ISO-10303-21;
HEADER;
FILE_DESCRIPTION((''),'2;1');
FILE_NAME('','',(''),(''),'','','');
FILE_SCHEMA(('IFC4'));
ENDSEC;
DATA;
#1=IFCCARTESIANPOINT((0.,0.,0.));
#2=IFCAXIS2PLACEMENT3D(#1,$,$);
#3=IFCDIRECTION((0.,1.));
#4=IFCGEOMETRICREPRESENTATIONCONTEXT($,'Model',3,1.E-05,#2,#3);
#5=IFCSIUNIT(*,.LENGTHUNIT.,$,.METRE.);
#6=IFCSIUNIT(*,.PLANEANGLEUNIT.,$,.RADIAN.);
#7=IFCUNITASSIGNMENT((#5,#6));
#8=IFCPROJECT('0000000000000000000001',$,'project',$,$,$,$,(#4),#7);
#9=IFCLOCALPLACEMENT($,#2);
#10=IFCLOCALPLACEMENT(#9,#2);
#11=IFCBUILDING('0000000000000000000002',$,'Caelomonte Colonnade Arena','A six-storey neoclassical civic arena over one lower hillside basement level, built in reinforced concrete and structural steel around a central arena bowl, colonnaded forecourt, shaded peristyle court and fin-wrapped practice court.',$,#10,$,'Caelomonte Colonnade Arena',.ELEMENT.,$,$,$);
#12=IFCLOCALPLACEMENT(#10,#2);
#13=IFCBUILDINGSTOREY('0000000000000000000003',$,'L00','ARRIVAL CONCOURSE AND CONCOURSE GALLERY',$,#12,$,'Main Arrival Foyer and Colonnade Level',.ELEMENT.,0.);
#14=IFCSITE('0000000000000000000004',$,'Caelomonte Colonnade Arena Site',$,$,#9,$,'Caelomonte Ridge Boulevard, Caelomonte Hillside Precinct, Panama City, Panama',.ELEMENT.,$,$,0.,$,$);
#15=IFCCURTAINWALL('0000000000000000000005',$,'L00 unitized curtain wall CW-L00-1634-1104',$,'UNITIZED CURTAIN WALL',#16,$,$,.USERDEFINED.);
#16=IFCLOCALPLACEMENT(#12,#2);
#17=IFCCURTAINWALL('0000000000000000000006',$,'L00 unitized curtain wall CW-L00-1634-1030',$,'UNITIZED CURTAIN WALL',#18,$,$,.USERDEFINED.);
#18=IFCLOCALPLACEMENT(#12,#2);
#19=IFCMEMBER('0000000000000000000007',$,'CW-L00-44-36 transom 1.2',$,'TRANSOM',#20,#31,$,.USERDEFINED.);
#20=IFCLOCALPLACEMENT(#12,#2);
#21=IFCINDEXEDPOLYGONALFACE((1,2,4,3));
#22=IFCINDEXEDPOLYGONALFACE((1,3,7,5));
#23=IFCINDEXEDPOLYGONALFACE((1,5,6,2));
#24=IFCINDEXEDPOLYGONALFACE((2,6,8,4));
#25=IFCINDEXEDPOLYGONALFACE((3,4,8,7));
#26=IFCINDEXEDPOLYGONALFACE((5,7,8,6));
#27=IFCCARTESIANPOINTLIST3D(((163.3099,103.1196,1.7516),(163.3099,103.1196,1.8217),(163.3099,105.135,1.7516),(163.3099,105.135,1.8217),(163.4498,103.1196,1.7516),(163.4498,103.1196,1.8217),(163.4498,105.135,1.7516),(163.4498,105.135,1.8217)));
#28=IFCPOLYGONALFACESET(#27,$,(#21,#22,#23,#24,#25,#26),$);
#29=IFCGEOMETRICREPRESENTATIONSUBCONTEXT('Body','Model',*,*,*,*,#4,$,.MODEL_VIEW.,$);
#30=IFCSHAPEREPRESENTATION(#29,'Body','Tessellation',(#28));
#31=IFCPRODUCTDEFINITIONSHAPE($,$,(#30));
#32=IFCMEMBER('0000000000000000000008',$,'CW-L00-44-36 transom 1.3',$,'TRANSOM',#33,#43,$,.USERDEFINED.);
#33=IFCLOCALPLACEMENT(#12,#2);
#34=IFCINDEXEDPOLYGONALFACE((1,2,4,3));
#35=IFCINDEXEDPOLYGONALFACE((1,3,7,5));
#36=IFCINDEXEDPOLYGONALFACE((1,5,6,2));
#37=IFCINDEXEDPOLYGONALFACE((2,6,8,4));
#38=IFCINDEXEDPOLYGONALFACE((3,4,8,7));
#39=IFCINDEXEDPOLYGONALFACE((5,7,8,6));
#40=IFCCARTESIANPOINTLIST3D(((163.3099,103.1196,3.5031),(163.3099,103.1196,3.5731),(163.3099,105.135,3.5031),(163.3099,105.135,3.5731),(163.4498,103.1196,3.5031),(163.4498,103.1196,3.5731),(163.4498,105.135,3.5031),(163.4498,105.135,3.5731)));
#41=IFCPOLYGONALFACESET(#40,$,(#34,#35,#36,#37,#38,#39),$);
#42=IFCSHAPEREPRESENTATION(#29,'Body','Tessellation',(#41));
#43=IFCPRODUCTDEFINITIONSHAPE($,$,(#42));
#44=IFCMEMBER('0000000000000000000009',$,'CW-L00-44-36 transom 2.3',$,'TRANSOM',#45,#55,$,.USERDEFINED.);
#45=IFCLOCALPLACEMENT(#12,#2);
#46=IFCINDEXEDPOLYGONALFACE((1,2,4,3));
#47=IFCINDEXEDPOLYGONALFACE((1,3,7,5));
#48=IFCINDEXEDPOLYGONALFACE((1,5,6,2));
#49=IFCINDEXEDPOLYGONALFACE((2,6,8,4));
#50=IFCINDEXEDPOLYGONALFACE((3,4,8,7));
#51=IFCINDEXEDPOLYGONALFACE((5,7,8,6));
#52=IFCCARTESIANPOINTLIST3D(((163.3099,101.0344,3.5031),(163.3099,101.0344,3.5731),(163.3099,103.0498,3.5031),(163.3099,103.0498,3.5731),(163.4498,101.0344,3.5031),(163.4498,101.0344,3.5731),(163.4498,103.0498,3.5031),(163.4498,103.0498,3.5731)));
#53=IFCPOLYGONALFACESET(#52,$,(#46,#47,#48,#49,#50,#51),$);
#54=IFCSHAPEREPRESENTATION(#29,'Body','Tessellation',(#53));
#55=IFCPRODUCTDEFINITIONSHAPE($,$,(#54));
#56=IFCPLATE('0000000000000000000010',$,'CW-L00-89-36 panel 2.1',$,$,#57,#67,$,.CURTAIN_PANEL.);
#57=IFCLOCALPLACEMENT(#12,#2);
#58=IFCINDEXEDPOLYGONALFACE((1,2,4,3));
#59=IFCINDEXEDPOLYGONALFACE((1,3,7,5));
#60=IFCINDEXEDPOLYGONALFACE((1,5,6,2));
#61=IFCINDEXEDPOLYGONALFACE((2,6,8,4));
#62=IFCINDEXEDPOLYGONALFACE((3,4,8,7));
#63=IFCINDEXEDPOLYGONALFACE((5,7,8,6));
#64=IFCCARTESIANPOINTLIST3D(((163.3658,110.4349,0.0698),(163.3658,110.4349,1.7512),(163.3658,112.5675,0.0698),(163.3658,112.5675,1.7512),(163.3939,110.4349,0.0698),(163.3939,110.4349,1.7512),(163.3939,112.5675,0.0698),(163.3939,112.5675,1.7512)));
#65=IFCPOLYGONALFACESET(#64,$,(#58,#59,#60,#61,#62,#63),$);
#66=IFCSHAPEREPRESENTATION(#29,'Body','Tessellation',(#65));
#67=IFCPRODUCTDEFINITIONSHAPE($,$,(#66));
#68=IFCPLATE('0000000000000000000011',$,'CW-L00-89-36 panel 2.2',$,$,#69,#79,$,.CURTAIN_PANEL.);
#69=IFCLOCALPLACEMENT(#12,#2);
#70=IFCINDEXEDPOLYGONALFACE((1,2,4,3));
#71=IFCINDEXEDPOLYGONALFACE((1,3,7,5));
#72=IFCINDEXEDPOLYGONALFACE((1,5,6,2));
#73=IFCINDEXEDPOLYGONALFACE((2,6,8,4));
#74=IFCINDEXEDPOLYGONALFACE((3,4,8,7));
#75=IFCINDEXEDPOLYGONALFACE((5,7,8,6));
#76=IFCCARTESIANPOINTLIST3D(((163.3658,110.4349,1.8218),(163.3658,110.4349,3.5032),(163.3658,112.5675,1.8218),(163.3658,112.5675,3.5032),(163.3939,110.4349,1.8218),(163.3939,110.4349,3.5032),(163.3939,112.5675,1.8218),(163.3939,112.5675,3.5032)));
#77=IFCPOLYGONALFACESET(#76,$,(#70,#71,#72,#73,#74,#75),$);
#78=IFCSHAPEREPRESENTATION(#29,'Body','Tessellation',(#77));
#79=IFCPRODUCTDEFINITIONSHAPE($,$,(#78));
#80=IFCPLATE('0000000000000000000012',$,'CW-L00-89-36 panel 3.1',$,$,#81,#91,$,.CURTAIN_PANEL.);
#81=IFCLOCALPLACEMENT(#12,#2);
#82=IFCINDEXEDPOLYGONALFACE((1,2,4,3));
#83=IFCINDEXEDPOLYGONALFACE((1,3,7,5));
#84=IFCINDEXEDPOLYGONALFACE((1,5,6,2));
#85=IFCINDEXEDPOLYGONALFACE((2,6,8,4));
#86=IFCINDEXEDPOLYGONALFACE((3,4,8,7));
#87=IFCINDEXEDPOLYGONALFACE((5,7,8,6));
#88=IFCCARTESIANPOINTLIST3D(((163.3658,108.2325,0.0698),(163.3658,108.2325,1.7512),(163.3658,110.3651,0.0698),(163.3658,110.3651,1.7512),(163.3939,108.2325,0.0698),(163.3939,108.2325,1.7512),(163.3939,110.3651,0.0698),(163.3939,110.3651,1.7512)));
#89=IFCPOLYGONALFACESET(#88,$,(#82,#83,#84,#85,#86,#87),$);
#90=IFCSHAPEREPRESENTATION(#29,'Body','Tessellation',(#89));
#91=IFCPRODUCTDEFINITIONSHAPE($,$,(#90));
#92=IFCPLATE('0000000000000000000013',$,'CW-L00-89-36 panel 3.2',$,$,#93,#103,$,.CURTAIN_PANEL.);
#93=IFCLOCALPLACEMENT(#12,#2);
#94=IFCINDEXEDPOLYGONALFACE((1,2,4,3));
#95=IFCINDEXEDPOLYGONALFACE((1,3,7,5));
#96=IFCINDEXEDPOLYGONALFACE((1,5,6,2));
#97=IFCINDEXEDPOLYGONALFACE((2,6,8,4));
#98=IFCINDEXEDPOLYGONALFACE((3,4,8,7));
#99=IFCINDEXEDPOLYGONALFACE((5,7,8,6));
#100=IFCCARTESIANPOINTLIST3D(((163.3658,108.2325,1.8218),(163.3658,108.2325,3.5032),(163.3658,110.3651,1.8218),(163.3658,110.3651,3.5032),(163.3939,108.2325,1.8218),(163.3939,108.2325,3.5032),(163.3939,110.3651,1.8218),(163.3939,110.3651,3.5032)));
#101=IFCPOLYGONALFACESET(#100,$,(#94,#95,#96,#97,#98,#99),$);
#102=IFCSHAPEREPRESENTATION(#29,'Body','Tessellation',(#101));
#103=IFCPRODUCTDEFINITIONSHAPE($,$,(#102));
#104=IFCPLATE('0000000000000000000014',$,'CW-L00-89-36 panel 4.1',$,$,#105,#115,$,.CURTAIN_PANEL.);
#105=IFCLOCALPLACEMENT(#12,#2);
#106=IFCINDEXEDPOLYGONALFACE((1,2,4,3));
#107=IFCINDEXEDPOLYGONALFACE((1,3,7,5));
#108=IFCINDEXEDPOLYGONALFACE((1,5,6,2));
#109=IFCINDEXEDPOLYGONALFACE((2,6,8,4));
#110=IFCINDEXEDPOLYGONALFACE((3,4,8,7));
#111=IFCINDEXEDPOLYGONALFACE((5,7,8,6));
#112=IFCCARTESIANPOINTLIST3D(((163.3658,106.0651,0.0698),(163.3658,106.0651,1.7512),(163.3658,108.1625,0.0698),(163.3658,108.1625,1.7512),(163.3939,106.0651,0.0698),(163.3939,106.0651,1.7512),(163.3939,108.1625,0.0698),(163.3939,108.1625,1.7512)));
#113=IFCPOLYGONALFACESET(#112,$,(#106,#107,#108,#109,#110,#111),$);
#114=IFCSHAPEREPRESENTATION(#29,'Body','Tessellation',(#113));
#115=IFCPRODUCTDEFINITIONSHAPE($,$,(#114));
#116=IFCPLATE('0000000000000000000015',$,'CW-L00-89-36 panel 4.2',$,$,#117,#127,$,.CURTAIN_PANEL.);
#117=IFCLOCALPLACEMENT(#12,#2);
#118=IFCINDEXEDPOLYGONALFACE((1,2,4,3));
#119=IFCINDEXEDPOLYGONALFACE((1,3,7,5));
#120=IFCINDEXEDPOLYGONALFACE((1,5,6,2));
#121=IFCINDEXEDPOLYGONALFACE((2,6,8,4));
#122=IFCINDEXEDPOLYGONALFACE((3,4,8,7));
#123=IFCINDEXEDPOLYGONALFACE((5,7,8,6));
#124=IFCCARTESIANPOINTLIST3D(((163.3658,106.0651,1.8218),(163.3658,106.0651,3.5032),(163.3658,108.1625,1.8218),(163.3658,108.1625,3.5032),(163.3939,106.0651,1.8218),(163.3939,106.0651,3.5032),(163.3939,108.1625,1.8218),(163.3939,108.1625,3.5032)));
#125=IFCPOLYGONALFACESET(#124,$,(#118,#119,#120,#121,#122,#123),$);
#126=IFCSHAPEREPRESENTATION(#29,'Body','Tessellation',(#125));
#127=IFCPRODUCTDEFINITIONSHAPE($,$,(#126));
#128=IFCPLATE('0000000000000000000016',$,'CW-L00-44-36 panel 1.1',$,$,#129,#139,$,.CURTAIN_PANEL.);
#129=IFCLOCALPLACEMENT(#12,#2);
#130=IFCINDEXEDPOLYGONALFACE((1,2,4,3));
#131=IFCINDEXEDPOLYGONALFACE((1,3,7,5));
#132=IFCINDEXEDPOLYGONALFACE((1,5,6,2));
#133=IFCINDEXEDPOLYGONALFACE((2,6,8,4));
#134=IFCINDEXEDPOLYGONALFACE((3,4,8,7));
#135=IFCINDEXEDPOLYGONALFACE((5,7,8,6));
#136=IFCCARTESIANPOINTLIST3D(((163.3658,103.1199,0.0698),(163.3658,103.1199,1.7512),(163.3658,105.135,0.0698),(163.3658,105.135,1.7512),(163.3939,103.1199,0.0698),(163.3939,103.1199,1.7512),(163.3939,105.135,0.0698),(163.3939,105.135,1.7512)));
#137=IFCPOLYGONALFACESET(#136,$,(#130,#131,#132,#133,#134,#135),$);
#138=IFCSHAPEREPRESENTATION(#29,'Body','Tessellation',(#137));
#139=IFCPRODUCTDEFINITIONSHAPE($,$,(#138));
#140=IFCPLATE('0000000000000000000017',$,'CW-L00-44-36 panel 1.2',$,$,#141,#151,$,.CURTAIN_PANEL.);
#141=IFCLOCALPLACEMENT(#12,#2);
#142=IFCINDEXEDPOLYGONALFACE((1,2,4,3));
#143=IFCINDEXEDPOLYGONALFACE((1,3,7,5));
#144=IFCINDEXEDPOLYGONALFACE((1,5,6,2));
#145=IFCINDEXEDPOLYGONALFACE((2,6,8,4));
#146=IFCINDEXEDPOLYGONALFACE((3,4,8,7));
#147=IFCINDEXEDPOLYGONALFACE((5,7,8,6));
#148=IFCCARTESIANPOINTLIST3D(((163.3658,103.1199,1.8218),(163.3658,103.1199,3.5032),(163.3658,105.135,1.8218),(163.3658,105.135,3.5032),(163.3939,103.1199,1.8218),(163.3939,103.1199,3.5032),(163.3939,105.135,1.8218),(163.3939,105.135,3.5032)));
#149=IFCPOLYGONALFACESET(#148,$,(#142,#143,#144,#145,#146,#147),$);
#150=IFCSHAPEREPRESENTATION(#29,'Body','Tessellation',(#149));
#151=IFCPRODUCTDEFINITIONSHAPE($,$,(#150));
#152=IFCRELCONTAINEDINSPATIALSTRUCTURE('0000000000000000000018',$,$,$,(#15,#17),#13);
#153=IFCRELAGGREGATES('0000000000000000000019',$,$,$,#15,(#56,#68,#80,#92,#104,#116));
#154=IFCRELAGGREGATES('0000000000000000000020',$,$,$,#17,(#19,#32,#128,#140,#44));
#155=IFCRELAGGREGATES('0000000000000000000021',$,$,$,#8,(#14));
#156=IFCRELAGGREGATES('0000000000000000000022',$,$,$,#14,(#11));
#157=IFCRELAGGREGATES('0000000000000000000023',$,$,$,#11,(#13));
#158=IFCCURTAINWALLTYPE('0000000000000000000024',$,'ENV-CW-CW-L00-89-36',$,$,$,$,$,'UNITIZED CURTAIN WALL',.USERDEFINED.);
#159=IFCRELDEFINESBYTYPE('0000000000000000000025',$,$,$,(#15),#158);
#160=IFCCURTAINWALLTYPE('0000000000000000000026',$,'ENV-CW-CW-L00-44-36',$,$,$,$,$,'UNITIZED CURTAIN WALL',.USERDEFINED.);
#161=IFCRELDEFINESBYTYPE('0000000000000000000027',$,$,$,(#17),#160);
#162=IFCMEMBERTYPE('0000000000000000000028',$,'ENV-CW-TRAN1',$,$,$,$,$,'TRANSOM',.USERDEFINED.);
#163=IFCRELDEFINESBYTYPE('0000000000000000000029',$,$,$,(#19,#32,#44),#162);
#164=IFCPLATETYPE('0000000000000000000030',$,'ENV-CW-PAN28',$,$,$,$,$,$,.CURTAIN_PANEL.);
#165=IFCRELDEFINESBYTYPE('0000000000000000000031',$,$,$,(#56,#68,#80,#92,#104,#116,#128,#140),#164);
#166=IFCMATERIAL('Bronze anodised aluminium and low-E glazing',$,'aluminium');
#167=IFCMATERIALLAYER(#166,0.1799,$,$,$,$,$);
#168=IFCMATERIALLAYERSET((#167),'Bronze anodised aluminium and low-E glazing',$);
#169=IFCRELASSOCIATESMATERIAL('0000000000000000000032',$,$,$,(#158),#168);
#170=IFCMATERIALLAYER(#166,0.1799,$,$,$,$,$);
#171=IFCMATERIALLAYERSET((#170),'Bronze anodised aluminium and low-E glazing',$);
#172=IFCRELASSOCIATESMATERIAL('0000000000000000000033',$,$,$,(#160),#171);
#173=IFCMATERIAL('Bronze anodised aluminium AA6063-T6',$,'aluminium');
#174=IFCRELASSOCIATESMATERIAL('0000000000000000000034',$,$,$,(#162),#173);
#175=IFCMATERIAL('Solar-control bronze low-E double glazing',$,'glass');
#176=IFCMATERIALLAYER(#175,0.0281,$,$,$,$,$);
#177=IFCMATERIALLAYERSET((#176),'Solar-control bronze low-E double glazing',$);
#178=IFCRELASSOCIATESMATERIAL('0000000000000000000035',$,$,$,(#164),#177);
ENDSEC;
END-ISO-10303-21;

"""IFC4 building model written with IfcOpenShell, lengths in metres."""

from ifc_helpers import new_model, si_unit, direction, frame, origin, origin_2d, place, context, subcontext, project, spatial, rectangle, extrude, material, layer, layer_set, material_profile, profile_set, type_object, element, aggregate, save


model = new_model("IFC4")

# Units and contexts
model_context = context("Model", 3, precision=1e-05, world=origin(), true_north=direction((0.0, 1.0)))
body_context = subcontext(model_context, "Body", "Model", "MODEL_VIEW")
ifc_project = project(units=[si_unit("LENGTHUNIT", "METRE"), si_unit("PLANEANGLEUNIT", "RADIAN")], contexts=[model_context])

# Site, building, storey
site_placement = place(None, origin())
site = spatial("IfcSite", under=ifc_project, at=site_placement, Name="Caelomonte Colonnade Arena Site", LongName="Caelomonte Ridge Boulevard, Caelomonte Hillside Precinct, Panama City, Panama", CompositionType="ELEMENT", RefElevation=0.0)
building_placement = place(site_placement, origin())
building = spatial("IfcBuilding", under=site, at=building_placement, Name="Caelomonte Colonnade Arena", Description="A six-storey neoclassical civic arena over one lower hillside basement level, built in reinforced concrete and structural steel around a central arena bowl, colonnaded forecourt, shaded peristyle court and fin-wrapped practice court.", LongName="Caelomonte Colonnade Arena", CompositionType="ELEMENT")
storey_placement = place(building_placement, origin())
storey = spatial("IfcBuildingStorey", under=building, at=storey_placement, Name="L00", Description="ARRIVAL CONCOURSE AND CONCOURSE GALLERY", LongName="Main Arrival Foyer and Colonnade Level", CompositionType="ELEMENT", Elevation=0.0)

# Curtain walls
ifc_material_1 = material(Name="Bronze anodised aluminium and low-E glazing", Category="aluminium")
ifc_layer_1 = layer(ifc_material_1, 0.1799)
ifc_layer_set_1 = layer_set([ifc_layer_1], Name="Bronze anodised aluminium and low-E glazing")
curtain_wall_type_1 = type_object("IfcCurtainWallType", Name="ENV-CW-CW-L00-89-36", ElementType="UNITIZED CURTAIN WALL", PredefinedType="USERDEFINED", material=ifc_layer_set_1)
curtain_wall_1_placement = place(storey_placement, origin())
curtain_wall_1 = element("IfcCurtainWall", 1, at=curtain_wall_1_placement, inside=storey, type_object=curtain_wall_type_1, Name="L00 unitized curtain wall CW-L00-1634-1104", ObjectType="UNITIZED CURTAIN WALL", PredefinedType="USERDEFINED")
ifc_material_2 = material(Name="Bronze anodised aluminium AA6063-T6", Category="aluminium")
ifc_layer_2 = layer(ifc_material_1, 0.1799)
ifc_layer_set_2 = layer_set([ifc_layer_2], Name="Bronze anodised aluminium and low-E glazing")
curtain_wall_type_2 = type_object("IfcCurtainWallType", Name="ENV-CW-CW-L00-44-36", ElementType="UNITIZED CURTAIN WALL", PredefinedType="USERDEFINED", material=ifc_layer_set_2)
curtain_wall_2_placement = place(storey_placement, origin())
curtain_wall_2 = element("IfcCurtainWall", 2, at=curtain_wall_2_placement, inside=storey, type_object=curtain_wall_type_2, Name="L00 unitized curtain wall CW-L00-1634-1030", ObjectType="UNITIZED CURTAIN WALL", PredefinedType="USERDEFINED")

# Members
ifc_material_profile_1 = material_profile(ifc_material_2, rectangle(XDim=0.0701, YDim=0.1399, at=origin_2d()), Name="CWT-70X140")
ifc_profile_set_1 = profile_set([ifc_material_profile_1], Name="Bronze anodised aluminium AA6063-T6")
member_type_1 = type_object("IfcMemberType", Name="ENV-CW-TRAN1", ElementType="TRANSOM", PredefinedType="USERDEFINED", material=ifc_profile_set_1)
member_1_placement = place(storey_placement, frame((163.3799, 105.135, 1.7866), z_axis=(0.0, -1.0, 0.0), x_axis=(0.0, 0.0, 1.0)))
member_1 = element("IfcMember", 3, at=member_1_placement, type_object=member_type_1, Name="CW-L00-44-36 transom 1.2", ObjectType="TRANSOM", PredefinedType="USERDEFINED", context=body_context, shape_type="SweptSolid", body=[
    extrude(rectangle(XDim=0.0701, YDim=0.1399, at=origin_2d()), origin(), (0.0, 0.0, 1.0), 2.0154),
])
member_2_placement = place(storey_placement, frame((163.3799, 105.135, 3.5381), z_axis=(0.0, -1.0, 0.0), x_axis=(0.0, 0.0, 1.0)))
member_2 = element("IfcMember", 4, at=member_2_placement, type_object=member_type_1, Name="CW-L00-44-36 transom 1.3", ObjectType="TRANSOM", PredefinedType="USERDEFINED", context=body_context, shape_type="SweptSolid", body=[
    extrude(rectangle(XDim=0.0701, YDim=0.1399, at=origin_2d()), origin(), (0.0, 0.0, 1.0), 2.0154),
])
member_3_placement = place(storey_placement, frame((163.3799, 103.0498, 3.5381), z_axis=(0.0, -1.0, 0.0), x_axis=(0.0, 0.0, 1.0)))
member_3 = element("IfcMember", 5, at=member_3_placement, type_object=member_type_1, Name="CW-L00-44-36 transom 2.3", ObjectType="TRANSOM", PredefinedType="USERDEFINED", context=body_context, shape_type="SweptSolid", body=[
    extrude(rectangle(XDim=0.0701, YDim=0.1399, at=origin_2d()), origin(), (0.0, 0.0, 1.0), 2.0154),
])

# Plates
ifc_material_3 = material(Name="Solar-control bronze low-E double glazing", Category="glass")
ifc_layer_3 = layer(ifc_material_3, 0.0281)
ifc_layer_set_3 = layer_set([ifc_layer_3], Name="Solar-control bronze low-E double glazing")
plate_type = type_object("IfcPlateType", Name="ENV-CW-PAN28", PredefinedType="CURTAIN_PANEL", material=ifc_layer_set_3)
plate_1_placement = place(storey_placement, frame((163.3799, 111.5012, 0.0698), z_axis=(0.0, 0.0, 1.0), x_axis=(0.0, -1.0, 0.0)))
plate_1 = element("IfcPlate", 6, at=plate_1_placement, type_object=plate_type, Name="CW-L00-89-36 panel 2.1", PredefinedType="CURTAIN_PANEL", context=body_context, shape_type="SweptSolid", body=[
    extrude(rectangle(XDim=2.1326, YDim=0.0281, at=origin_2d()), origin(), (0.0, 0.0, 1.0), 1.6814),
])
plate_2_placement = place(storey_placement, frame((163.3799, 111.5012, 1.8218), z_axis=(0.0, 0.0, 1.0), x_axis=(0.0, -1.0, 0.0)))
plate_2 = element("IfcPlate", 7, at=plate_2_placement, type_object=plate_type, Name="CW-L00-89-36 panel 2.2", PredefinedType="CURTAIN_PANEL", context=body_context, shape_type="SweptSolid", body=[
    extrude(rectangle(XDim=2.1326, YDim=0.0281, at=origin_2d()), origin(), (0.0, 0.0, 1.0), 1.6814),
])
plate_3_placement = place(storey_placement, frame((163.3799, 109.2988, 0.0698), z_axis=(0.0, 0.0, 1.0), x_axis=(0.0, -1.0, 0.0)))
plate_3 = element("IfcPlate", 8, at=plate_3_placement, type_object=plate_type, Name="CW-L00-89-36 panel 3.1", PredefinedType="CURTAIN_PANEL", context=body_context, shape_type="SweptSolid", body=[
    extrude(rectangle(XDim=2.1326, YDim=0.0281, at=origin_2d()), origin(), (0.0, 0.0, 1.0), 1.6814),
])
plate_4_placement = place(storey_placement, frame((163.3799, 109.2988, 1.8218), z_axis=(0.0, 0.0, 1.0), x_axis=(0.0, -1.0, 0.0)))
plate_4 = element("IfcPlate", 9, at=plate_4_placement, type_object=plate_type, Name="CW-L00-89-36 panel 3.2", PredefinedType="CURTAIN_PANEL", context=body_context, shape_type="SweptSolid", body=[
    extrude(rectangle(XDim=2.1326, YDim=0.0281, at=origin_2d()), origin(), (0.0, 0.0, 1.0), 1.6814),
])
plate_5_placement = place(storey_placement, frame((163.3799, 107.1138, 0.0698), z_axis=(0.0, 0.0, 1.0), x_axis=(0.0, -1.0, 0.0)))
plate_5 = element("IfcPlate", 10, at=plate_5_placement, type_object=plate_type, Name="CW-L00-89-36 panel 4.1", PredefinedType="CURTAIN_PANEL", context=body_context, shape_type="SweptSolid", body=[
    extrude(rectangle(XDim=2.0974, YDim=0.0281, at=origin_2d()), origin(), (0.0, 0.0, 1.0), 1.6814),
])
plate_6_placement = place(storey_placement, frame((163.3799, 107.1138, 1.8218), z_axis=(0.0, 0.0, 1.0), x_axis=(0.0, -1.0, 0.0)))
plate_6 = element("IfcPlate", 11, at=plate_6_placement, type_object=plate_type, Name="CW-L00-89-36 panel 4.2", PredefinedType="CURTAIN_PANEL", context=body_context, shape_type="SweptSolid", body=[
    extrude(rectangle(XDim=2.0974, YDim=0.0281, at=origin_2d()), origin(), (0.0, 0.0, 1.0), 1.6814),
])
aggregate(curtain_wall_1, [plate_1, plate_2, plate_3, plate_4, plate_5, plate_6])
plate_7_placement = place(storey_placement, frame((163.3799, 104.1274, 0.0698), z_axis=(0.0, 0.0, 1.0), x_axis=(0.0, -1.0, 0.0)))
plate_7 = element("IfcPlate", 12, at=plate_7_placement, type_object=plate_type, Name="CW-L00-44-36 panel 1.1", PredefinedType="CURTAIN_PANEL", context=body_context, shape_type="SweptSolid", body=[
    extrude(rectangle(XDim=2.0151, YDim=0.0281, at=origin_2d()), origin(), (0.0, 0.0, 1.0), 1.6814),
])
plate_8_placement = place(storey_placement, frame((163.3799, 104.1274, 1.8218), z_axis=(0.0, 0.0, 1.0), x_axis=(0.0, -1.0, 0.0)))
plate_8 = element("IfcPlate", 13, at=plate_8_placement, type_object=plate_type, Name="CW-L00-44-36 panel 1.2", PredefinedType="CURTAIN_PANEL", context=body_context, shape_type="SweptSolid", body=[
    extrude(rectangle(XDim=2.0151, YDim=0.0281, at=origin_2d()), origin(), (0.0, 0.0, 1.0), 1.6814),
])
aggregate(curtain_wall_2, [member_1, member_2, plate_7, plate_8, member_3])

save(model, "model.ifc")
